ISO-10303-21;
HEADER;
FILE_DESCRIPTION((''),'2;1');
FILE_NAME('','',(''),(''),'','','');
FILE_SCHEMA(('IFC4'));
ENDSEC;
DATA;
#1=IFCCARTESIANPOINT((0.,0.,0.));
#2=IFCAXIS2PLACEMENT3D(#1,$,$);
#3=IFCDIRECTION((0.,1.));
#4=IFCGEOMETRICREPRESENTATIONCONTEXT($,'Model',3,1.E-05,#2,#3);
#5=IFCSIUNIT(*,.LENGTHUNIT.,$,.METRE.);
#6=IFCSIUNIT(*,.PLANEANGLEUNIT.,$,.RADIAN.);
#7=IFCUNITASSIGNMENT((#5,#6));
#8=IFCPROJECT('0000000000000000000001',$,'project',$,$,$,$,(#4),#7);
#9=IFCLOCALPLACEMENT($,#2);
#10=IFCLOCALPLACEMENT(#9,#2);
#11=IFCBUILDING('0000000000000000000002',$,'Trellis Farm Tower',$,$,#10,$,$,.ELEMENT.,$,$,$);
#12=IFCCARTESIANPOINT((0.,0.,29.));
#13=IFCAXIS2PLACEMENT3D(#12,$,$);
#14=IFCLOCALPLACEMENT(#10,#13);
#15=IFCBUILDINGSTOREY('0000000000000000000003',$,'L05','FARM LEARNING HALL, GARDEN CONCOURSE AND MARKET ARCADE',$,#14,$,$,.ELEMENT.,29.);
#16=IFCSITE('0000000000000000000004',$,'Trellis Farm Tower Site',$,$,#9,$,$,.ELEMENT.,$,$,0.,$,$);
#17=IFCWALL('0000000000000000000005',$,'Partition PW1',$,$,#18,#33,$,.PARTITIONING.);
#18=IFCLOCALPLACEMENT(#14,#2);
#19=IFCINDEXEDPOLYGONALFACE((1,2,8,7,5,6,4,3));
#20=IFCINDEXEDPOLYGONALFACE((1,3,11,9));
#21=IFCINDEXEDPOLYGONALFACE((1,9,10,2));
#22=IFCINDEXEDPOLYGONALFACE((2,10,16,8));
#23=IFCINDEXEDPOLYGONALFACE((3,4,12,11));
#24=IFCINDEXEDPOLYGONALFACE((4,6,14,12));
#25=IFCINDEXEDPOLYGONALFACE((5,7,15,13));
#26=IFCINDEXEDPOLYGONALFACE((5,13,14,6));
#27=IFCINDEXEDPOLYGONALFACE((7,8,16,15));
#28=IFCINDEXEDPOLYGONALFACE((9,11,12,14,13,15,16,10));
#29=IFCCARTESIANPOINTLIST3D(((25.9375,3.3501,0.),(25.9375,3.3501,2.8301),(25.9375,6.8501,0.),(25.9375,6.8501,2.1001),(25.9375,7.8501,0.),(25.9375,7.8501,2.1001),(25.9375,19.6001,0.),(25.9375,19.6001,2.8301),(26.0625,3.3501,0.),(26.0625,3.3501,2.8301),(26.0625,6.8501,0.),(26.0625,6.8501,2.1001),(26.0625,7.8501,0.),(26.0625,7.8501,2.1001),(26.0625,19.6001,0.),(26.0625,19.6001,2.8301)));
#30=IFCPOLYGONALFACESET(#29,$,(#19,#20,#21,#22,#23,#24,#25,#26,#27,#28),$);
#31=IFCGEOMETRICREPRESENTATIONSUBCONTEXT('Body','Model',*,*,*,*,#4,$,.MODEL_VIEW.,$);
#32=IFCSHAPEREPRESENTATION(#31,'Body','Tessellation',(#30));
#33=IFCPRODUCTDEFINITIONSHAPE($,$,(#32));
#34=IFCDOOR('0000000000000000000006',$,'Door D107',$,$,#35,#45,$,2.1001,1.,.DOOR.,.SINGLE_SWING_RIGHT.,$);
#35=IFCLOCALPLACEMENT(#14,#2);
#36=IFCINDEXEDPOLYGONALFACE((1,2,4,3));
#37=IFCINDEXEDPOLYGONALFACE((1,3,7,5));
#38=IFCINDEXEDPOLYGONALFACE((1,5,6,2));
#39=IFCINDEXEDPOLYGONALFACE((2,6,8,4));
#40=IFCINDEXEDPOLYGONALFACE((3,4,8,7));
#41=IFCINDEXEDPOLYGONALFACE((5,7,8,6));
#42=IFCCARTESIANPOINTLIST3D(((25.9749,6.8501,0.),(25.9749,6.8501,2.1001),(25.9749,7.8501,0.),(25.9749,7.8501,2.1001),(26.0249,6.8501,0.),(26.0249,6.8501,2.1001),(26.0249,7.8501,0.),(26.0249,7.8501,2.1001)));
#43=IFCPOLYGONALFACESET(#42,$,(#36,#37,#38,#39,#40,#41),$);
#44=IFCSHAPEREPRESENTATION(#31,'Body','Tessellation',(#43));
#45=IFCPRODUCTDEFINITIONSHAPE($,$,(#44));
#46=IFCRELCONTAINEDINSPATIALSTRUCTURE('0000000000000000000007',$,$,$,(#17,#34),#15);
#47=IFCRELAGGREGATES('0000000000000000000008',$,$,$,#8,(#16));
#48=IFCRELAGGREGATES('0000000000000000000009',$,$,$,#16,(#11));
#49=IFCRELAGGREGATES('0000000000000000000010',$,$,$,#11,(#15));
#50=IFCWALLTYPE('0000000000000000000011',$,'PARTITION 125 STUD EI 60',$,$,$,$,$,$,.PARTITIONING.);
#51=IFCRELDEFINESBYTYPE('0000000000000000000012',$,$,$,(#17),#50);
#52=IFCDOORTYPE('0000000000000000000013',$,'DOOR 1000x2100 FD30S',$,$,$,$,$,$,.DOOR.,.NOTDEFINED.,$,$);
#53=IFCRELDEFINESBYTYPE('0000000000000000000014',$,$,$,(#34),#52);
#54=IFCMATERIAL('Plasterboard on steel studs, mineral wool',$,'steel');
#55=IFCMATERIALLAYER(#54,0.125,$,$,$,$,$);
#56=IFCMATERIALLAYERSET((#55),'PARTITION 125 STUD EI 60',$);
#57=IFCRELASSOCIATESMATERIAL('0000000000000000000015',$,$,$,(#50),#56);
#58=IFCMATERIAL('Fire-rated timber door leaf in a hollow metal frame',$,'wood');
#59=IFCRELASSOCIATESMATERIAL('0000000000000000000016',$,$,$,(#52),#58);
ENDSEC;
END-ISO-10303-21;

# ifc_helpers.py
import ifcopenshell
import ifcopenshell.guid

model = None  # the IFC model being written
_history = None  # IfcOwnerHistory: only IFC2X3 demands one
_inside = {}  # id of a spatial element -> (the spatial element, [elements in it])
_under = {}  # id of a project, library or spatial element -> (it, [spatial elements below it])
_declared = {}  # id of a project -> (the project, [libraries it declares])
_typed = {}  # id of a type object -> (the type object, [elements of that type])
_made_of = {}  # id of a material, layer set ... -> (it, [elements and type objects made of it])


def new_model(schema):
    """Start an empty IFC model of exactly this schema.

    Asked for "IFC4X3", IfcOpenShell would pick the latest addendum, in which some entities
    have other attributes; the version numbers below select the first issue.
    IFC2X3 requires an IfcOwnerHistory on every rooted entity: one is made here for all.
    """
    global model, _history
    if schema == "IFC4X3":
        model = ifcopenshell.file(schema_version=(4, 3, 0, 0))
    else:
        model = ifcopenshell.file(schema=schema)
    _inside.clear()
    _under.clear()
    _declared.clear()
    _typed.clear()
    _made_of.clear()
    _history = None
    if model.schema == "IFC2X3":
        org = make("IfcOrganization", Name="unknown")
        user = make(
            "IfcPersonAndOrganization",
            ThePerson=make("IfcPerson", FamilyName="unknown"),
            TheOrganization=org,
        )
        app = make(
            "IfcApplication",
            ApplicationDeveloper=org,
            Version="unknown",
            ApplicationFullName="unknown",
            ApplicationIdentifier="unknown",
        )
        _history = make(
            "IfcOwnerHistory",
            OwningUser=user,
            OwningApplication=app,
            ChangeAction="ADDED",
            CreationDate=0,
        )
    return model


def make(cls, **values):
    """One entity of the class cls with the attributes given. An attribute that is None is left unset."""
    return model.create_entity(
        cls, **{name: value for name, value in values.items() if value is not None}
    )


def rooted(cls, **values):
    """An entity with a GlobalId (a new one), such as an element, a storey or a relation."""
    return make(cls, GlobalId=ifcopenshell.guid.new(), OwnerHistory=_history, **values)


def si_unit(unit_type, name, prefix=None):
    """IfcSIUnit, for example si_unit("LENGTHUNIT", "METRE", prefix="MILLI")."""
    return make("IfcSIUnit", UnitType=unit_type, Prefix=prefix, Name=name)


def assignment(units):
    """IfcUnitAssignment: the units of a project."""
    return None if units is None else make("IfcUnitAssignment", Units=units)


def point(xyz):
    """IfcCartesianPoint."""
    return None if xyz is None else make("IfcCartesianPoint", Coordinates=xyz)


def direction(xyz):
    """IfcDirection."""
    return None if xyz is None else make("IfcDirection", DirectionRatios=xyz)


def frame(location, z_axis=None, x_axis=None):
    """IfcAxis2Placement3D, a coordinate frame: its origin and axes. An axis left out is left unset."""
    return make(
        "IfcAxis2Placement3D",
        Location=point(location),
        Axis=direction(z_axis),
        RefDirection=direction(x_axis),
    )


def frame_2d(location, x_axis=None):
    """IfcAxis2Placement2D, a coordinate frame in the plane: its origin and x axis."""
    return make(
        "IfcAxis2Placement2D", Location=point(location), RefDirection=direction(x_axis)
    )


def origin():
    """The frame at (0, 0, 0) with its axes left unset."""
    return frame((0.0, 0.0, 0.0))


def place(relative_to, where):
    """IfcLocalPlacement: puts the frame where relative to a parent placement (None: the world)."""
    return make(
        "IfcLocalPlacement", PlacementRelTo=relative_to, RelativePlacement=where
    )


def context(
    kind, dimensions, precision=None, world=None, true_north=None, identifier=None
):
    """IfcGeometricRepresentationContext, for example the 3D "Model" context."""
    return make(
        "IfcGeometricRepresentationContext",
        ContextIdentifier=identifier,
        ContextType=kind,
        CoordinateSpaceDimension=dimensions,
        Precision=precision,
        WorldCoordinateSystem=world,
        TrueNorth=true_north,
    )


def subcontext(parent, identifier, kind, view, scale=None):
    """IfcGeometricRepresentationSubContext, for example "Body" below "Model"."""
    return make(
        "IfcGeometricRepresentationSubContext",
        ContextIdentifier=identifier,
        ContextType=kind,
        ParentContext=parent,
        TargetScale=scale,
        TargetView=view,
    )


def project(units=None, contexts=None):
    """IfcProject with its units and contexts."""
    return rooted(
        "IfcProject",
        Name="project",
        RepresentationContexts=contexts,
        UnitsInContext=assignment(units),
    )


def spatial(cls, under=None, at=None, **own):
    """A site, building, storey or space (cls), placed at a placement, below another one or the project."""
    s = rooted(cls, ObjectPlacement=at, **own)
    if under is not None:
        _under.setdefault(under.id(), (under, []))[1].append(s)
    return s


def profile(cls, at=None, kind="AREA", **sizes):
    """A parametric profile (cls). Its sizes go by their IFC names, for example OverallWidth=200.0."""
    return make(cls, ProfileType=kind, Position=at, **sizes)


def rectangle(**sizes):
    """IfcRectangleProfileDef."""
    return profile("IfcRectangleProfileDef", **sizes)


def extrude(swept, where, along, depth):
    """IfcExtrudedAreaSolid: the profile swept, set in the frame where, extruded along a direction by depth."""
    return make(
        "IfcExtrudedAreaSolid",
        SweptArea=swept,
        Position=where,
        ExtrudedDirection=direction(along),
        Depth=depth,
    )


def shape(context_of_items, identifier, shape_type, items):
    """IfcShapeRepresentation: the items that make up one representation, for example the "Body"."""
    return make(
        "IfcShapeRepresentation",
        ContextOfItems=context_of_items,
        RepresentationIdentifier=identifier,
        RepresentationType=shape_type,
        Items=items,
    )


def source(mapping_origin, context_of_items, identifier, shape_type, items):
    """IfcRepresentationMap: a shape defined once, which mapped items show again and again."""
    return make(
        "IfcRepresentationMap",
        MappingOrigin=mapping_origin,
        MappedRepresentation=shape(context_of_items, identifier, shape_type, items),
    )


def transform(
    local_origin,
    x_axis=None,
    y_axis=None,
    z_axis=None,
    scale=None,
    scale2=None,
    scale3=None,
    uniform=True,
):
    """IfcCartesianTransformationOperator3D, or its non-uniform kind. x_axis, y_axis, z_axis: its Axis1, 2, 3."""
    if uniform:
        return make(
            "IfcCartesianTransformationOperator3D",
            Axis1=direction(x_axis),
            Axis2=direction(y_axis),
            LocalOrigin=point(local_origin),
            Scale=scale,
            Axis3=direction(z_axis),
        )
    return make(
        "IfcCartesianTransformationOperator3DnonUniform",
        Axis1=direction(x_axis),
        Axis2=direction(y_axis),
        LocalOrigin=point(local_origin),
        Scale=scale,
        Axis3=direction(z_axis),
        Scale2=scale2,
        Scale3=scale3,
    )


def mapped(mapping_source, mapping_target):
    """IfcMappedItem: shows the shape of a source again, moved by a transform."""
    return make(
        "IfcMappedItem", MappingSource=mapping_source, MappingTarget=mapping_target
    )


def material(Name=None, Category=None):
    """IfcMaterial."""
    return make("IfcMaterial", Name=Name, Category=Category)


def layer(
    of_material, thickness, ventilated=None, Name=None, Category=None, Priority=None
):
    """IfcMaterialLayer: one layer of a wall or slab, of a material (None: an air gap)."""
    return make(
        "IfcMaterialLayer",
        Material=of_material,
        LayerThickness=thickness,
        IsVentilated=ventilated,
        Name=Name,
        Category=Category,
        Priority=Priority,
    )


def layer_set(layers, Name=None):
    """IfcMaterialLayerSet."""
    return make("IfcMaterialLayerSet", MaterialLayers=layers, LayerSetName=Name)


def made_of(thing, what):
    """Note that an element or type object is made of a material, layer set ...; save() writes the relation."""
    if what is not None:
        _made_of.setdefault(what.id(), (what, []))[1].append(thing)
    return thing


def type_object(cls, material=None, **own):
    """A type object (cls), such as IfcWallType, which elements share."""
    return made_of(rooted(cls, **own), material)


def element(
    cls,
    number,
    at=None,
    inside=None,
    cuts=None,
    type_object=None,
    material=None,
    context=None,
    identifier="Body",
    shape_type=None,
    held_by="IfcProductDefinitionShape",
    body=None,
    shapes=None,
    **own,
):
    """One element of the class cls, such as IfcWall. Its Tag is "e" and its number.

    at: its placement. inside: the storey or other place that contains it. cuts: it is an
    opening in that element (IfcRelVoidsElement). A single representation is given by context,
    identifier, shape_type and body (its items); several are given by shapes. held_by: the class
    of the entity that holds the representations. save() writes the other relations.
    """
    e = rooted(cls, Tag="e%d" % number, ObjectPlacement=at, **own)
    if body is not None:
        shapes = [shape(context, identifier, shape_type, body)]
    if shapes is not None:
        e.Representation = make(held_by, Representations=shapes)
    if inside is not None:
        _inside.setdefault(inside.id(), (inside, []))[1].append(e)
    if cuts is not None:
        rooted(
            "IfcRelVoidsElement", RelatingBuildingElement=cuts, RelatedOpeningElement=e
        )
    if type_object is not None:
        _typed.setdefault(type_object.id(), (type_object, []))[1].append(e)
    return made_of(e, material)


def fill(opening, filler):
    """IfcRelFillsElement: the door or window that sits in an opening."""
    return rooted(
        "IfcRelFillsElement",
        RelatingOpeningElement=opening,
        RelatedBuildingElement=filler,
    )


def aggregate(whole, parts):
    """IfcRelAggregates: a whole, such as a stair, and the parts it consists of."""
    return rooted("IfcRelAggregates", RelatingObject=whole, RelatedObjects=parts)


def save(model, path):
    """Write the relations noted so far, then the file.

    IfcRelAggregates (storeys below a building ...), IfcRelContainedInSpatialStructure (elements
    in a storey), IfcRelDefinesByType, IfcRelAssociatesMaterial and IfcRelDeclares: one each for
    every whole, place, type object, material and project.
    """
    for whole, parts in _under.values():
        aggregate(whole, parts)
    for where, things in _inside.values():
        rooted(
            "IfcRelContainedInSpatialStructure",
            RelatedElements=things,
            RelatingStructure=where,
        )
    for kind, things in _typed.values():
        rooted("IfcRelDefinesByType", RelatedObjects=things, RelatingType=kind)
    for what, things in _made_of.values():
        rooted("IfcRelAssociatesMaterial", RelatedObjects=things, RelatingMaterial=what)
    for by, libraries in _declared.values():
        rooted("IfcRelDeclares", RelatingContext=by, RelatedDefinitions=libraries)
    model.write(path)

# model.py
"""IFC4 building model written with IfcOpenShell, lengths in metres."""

from ifc_helpers import new_model, si_unit, direction, frame, frame_2d, origin, place, context, subcontext, project, spatial, rectangle, extrude, source, transform, mapped, material, layer, layer_set, type_object, element, fill, save


model = new_model("IFC4")

# Units and contexts
model_context = context("Model", 3, precision=1e-05, world=origin(), true_north=direction((0.0, 1.0)))
body_context = subcontext(model_context, "Body", "Model", "MODEL_VIEW")
ifc_project = project(units=[si_unit("LENGTHUNIT", "METRE"), si_unit("PLANEANGLEUNIT", "RADIAN")], contexts=[model_context])

# Site, building, storey
site_placement = place(None, origin())
site = spatial("IfcSite", under=ifc_project, at=site_placement, Name="Trellis Farm Tower Site", CompositionType="ELEMENT", RefElevation=0.0)
building_placement = place(site_placement, origin())
building = spatial("IfcBuilding", under=site, at=building_placement, Name="Trellis Farm Tower", CompositionType="ELEMENT")
storey_placement = place(building_placement, frame((0.0, 0.0, 29.0)))
storey = spatial("IfcBuildingStorey", under=building, at=storey_placement, Name="L05", Description="FARM LEARNING HALL, GARDEN CONCOURSE AND MARKET ARCADE", CompositionType="ELEMENT", Elevation=29.0)

# Wall, opening, door
ifc_material_1 = material(Name="Plasterboard on steel studs, mineral wool", Category="steel")
ifc_layer_1 = layer(ifc_material_1, 0.125)
ifc_layer_set_1 = layer_set([ifc_layer_1], Name="PARTITION 125 STUD EI 60")
wall_type_1 = type_object("IfcWallType", Name="PARTITION 125 STUD EI 60", PredefinedType="PARTITIONING", material=ifc_layer_set_1)
shared_shape_1 = source(origin(), body_context, "Body", "SweptSolid", [
    extrude(rectangle(XDim=16.25, YDim=0.125, at=frame_2d((8.125, 0.0))), origin(), (0.0, 0.0, 1.0), 2.8301),
])
wall_1_placement = place(storey_placement, frame((26.0, 19.6001, 0.0), z_axis=(0.0, 0.0, 1.0), x_axis=(0.0, -1.0, 0.0)))
wall_1 = element("IfcWall", 1, at=wall_1_placement, inside=storey, type_object=wall_type_1, Name="Partition PW1", PredefinedType="PARTITIONING", context=body_context, shape_type="MappedRepresentation", body=[
    mapped(shared_shape_1, transform((0.0, 0.0, 0.0))),
])
shared_shape_2 = source(origin(), body_context, "Body", "SweptSolid", [
    extrude(rectangle(XDim=1.0, YDim=2.1001, at=frame_2d((0.5, 1.05))), frame((0.0, 0.0725, 0.0), z_axis=(0.0, -1.0, 0.0), x_axis=(1.0, 0.0, 0.0)), (0.0, 0.0, 1.0), 0.145),
])
opening_placement = place(wall_1_placement, frame((11.75, 0.0, 0.0)))
opening = element("IfcOpeningElement", 2, at=opening_placement, cuts=wall_1, PredefinedType="OPENING", context=body_context, shape_type="MappedRepresentation", body=[
    mapped(shared_shape_2, transform((0.0, 0.0, 0.0))),
])
ifc_material_2 = material(Name="Fire-rated timber door leaf in a hollow metal frame", Category="wood")
door_type = type_object("IfcDoorType", Name="DOOR 1000x2100 FD30S", OperationType="NOTDEFINED", PredefinedType="DOOR", material=ifc_material_2)
shared_shape_3 = source(origin(), body_context, "Body", "SweptSolid", [
    extrude(rectangle(XDim=1.0, YDim=2.1001, at=frame_2d((0.5, 1.05))), frame((0.0, 0.0249, 0.0), z_axis=(0.0, -1.0, 0.0), x_axis=(1.0, 0.0, 0.0)), (0.0, 0.0, 1.0), 0.05),
])
door_placement = place(opening_placement, origin())
door = element("IfcDoor", 3, at=door_placement, inside=storey, type_object=door_type, Name="Door D107", OperationType="SINGLE_SWING_RIGHT", OverallHeight=2.1001, OverallWidth=1.0, PredefinedType="DOOR", context=body_context, shape_type="MappedRepresentation", body=[
    mapped(shared_shape_3, transform((0.0, 0.0, 0.0))),
])
fill(opening, door)

save(model, "model.ifc")
